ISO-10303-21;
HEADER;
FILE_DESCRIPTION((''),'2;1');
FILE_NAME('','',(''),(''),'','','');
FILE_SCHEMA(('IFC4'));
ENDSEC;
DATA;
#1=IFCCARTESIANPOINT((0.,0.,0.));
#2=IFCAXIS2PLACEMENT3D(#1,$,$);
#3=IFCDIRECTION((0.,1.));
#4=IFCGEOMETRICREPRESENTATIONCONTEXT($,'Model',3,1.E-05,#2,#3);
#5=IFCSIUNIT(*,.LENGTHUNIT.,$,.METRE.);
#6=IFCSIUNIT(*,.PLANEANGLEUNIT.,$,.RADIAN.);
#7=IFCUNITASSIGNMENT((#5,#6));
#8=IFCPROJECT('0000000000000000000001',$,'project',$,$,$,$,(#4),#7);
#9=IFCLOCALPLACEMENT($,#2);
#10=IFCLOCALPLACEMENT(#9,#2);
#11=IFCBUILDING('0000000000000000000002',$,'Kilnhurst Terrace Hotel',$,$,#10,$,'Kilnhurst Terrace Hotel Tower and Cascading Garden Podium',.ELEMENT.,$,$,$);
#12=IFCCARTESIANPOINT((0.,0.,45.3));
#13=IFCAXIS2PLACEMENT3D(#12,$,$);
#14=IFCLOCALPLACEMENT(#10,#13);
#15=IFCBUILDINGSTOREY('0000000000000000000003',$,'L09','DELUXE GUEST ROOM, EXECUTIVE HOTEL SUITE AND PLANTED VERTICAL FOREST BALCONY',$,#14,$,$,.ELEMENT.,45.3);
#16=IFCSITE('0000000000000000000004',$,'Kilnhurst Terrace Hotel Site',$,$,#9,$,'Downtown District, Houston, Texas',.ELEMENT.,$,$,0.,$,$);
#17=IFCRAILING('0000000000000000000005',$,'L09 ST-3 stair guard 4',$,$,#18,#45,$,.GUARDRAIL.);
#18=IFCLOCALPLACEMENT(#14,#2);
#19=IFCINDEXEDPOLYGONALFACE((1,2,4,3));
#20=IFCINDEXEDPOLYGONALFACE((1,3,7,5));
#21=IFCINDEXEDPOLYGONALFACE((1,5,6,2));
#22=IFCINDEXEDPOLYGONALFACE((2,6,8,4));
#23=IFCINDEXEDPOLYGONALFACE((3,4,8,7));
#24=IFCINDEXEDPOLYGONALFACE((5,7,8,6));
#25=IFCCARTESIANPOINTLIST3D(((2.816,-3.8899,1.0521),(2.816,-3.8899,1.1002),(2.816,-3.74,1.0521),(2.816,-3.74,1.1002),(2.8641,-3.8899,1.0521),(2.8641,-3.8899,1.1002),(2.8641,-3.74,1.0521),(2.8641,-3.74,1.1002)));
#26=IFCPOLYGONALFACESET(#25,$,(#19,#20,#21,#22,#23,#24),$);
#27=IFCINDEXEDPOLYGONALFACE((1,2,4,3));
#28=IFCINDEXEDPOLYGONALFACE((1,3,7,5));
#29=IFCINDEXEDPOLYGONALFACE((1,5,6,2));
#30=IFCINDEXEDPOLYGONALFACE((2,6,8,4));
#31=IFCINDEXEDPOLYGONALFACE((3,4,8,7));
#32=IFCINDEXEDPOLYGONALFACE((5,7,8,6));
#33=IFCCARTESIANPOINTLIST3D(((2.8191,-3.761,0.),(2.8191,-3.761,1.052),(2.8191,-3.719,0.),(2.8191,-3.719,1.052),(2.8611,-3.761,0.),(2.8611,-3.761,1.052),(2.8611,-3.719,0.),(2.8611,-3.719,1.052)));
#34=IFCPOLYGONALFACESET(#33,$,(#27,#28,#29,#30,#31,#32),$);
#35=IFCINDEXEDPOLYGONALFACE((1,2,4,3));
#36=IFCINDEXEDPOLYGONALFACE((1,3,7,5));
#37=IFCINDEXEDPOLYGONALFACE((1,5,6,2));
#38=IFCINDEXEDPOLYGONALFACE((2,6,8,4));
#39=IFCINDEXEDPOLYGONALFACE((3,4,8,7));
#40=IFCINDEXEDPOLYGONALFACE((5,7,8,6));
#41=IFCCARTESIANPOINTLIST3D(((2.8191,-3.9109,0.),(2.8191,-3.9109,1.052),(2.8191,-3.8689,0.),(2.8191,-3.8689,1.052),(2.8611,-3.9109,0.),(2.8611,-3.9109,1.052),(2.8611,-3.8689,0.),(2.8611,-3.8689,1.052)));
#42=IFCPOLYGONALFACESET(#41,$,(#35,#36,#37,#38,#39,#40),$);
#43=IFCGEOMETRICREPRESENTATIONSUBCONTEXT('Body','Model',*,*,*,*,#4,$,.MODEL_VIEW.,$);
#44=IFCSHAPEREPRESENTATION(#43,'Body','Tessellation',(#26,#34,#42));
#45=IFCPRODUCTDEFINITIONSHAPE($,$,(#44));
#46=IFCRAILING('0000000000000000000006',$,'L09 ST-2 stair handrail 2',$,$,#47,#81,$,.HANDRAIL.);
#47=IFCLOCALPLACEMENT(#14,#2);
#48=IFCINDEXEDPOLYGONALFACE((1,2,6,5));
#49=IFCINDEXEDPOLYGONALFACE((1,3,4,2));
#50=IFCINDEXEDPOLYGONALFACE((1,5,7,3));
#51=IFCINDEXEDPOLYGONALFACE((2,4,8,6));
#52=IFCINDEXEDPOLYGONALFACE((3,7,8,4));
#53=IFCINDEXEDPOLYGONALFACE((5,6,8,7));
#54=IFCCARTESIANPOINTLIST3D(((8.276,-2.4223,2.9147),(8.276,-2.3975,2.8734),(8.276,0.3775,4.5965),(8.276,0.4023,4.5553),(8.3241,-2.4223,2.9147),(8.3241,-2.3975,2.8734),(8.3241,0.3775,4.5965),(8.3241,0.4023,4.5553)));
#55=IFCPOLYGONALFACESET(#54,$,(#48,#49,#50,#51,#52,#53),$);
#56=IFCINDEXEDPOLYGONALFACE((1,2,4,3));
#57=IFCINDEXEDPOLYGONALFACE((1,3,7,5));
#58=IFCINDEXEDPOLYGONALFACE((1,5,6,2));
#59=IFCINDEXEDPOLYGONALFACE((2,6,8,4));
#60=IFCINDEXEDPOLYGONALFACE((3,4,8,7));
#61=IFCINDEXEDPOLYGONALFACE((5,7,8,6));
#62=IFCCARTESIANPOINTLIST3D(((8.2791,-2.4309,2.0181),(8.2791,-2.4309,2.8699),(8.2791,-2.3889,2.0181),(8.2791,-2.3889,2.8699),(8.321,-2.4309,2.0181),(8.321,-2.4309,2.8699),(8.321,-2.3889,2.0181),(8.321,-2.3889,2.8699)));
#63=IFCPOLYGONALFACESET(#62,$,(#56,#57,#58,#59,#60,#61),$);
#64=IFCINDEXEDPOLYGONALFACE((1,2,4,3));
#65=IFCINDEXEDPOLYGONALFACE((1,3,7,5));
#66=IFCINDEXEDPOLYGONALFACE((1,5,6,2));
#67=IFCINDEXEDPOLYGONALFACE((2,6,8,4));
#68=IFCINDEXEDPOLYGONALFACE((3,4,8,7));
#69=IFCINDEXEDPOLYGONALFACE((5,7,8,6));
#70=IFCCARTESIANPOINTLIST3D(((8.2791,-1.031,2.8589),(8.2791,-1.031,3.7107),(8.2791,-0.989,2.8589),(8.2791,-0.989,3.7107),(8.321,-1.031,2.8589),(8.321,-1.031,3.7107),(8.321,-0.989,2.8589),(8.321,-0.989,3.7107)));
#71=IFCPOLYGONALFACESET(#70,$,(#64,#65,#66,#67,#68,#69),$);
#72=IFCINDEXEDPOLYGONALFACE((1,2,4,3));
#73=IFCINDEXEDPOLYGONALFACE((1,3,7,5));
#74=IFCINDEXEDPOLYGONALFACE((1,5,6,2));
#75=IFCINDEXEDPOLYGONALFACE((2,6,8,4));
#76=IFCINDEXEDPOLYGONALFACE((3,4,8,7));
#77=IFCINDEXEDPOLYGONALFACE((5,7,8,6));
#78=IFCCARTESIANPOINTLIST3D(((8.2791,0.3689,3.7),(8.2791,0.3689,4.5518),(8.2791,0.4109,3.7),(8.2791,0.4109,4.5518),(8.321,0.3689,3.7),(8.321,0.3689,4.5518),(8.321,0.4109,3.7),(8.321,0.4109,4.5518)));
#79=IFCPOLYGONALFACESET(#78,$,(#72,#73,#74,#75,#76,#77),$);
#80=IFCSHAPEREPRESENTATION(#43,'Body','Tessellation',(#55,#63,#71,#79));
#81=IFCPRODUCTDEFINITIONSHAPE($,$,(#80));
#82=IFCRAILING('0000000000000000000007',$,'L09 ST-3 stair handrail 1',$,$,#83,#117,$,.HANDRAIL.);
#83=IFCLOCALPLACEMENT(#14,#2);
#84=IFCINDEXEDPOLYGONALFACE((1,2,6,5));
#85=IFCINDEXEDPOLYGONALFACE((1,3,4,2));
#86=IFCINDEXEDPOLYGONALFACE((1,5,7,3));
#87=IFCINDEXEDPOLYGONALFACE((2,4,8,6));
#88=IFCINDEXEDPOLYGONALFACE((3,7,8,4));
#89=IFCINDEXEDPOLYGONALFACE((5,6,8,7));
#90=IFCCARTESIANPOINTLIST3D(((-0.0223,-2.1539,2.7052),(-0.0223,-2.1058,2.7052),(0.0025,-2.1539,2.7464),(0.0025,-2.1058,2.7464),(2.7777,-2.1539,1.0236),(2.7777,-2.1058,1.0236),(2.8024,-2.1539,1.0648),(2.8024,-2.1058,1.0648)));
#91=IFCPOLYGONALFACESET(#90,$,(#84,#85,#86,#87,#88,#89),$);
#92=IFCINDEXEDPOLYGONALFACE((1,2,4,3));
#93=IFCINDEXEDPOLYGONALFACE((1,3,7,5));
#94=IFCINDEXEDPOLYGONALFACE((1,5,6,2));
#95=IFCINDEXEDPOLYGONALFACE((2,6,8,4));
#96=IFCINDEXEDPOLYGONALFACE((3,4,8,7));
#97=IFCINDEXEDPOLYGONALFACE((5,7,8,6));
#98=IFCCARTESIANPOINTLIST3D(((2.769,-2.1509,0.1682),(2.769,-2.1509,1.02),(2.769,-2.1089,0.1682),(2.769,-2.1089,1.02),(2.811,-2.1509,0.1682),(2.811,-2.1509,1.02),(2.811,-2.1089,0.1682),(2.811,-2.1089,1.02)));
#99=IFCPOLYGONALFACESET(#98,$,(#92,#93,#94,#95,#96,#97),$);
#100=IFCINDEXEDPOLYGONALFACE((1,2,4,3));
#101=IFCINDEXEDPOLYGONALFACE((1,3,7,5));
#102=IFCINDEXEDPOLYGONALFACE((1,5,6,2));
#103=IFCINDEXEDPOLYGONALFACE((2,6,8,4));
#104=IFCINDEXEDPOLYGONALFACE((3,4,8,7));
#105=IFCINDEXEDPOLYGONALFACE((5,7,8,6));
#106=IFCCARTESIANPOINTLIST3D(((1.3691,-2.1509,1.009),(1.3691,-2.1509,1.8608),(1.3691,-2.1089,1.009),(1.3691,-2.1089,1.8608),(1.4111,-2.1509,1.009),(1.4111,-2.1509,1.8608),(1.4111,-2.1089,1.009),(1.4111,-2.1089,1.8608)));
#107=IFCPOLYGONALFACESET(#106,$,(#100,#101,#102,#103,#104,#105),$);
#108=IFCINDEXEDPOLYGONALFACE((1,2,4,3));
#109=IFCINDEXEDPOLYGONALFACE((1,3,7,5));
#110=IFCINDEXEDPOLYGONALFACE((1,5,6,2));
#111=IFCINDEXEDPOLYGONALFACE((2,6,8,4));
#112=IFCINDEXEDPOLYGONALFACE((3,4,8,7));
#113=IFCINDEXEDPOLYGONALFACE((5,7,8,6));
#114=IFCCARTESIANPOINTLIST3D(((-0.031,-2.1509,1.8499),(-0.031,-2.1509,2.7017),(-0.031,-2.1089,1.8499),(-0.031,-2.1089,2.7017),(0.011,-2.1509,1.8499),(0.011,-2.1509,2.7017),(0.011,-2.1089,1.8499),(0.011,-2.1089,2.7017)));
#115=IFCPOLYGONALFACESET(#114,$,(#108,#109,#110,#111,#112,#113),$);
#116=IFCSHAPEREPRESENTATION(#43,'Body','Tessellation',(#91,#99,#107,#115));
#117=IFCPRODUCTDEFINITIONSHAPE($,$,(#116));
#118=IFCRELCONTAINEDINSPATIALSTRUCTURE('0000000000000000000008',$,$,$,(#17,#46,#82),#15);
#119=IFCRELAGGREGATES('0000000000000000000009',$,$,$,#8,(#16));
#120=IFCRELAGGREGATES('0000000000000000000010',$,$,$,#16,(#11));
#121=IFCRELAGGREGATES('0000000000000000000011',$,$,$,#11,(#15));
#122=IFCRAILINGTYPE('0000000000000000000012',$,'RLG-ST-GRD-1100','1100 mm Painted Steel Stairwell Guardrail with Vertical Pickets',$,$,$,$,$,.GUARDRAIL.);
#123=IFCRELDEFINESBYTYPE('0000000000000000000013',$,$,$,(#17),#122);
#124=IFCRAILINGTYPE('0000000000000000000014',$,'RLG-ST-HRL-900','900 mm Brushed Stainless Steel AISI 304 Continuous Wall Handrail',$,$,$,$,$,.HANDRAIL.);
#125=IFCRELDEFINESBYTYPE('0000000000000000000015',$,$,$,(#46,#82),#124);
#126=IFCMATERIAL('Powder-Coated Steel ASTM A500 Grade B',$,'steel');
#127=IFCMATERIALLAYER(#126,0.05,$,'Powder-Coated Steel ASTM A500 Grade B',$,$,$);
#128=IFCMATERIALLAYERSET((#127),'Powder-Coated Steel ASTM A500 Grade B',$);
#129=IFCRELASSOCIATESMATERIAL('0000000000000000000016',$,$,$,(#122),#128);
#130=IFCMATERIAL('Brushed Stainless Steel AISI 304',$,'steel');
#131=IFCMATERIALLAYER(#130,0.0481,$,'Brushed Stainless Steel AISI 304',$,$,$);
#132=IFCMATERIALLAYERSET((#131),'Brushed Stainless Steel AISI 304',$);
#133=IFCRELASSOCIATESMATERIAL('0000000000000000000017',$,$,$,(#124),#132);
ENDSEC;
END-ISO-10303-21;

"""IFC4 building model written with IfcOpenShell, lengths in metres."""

from ifc_helpers import new_model, si_unit, direction, frame, origin, origin_2d, place, context, subcontext, project, spatial, rectangle, extrude, material, layer, layer_set, type_object, element, save


model = new_model("IFC4")

# Units and contexts
model_context = context("Model", 3, precision=1e-05, world=origin(), true_north=direction((0.0, 1.0)))
body_context = subcontext(model_context, "Body", "Model", "MODEL_VIEW")
ifc_project = project(units=[si_unit("LENGTHUNIT", "METRE"), si_unit("PLANEANGLEUNIT", "RADIAN")], contexts=[model_context])

# Site, building, storey
site_placement = place(None, origin())
site = spatial("IfcSite", under=ifc_project, at=site_placement, Name="Kilnhurst Terrace Hotel Site", LongName="Downtown District, Houston, Texas", CompositionType="ELEMENT", RefElevation=0.0)
building_placement = place(site_placement, origin())
building = spatial("IfcBuilding", under=site, at=building_placement, Name="Kilnhurst Terrace Hotel", LongName="Kilnhurst Terrace Hotel Tower and Cascading Garden Podium", CompositionType="ELEMENT")
storey_placement = place(building_placement, frame((0.0, 0.0, 45.3)))
storey = spatial("IfcBuildingStorey", under=building, at=storey_placement, Name="L09", Description="DELUXE GUEST ROOM, EXECUTIVE HOTEL SUITE AND PLANTED VERTICAL FOREST BALCONY", CompositionType="ELEMENT", Elevation=45.3)

# Railings
ifc_material_1 = material(Name="Powder-Coated Steel ASTM A500 Grade B", Category="steel")
ifc_layer_1 = layer(ifc_material_1, 0.05, Name="Powder-Coated Steel ASTM A500 Grade B")
ifc_layer_set_1 = layer_set([ifc_layer_1], Name="Powder-Coated Steel ASTM A500 Grade B")
railing_type_1 = type_object("IfcRailingType", Name="RLG-ST-GRD-1100", Description="1100 mm Painted Steel Stairwell Guardrail with Vertical Pickets", PredefinedType="GUARDRAIL", material=ifc_layer_set_1)
railing_1_placement = place(storey_placement, frame((2.8401, -3.74, 0.0)))
element("IfcRailing", 1, at=railing_1_placement, inside=storey, type_object=railing_type_1, Name="L09 ST-3 stair guard 4", PredefinedType="GUARDRAIL", context=body_context, shape_type="SweptSolid", body=[
    extrude(rectangle(XDim=0.0481, YDim=0.0481, at=origin_2d()), frame((0.0, 0.0, 1.0762), z_axis=(0.0, -1.0, 0.0), x_axis=(1.0, 0.0, 0.0)), (0.0, 0.0, 1.0), 0.1499),
    extrude(rectangle(XDim=0.042, YDim=0.042, at=origin_2d()), origin(), (0.0, 0.0, 1.0), 1.052),
    extrude(rectangle(XDim=0.042, YDim=0.042, at=origin_2d()), frame((0.0, -0.1499, 0.0)), (0.0, 0.0, 1.0), 1.052),
])
ifc_material_2 = material(Name="Brushed Stainless Steel AISI 304", Category="steel")
ifc_layer_2 = layer(ifc_material_2, 0.0481, Name="Brushed Stainless Steel AISI 304")
ifc_layer_set_2 = layer_set([ifc_layer_2], Name="Brushed Stainless Steel AISI 304")
railing_type_2 = type_object("IfcRailingType", Name="RLG-ST-HRL-900", Description="900 mm Brushed Stainless Steel AISI 304 Continuous Wall Handrail", PredefinedType="HANDRAIL", material=ifc_layer_set_2)
railing_2_placement = place(storey_placement, frame((8.3, -2.4099, 2.0181)))
element("IfcRailing", 2, at=railing_2_placement, inside=storey, type_object=railing_type_2, Name="L09 ST-2 stair handrail 2", PredefinedType="HANDRAIL", context=body_context, shape_type="SweptSolid", body=[
    extrude(rectangle(XDim=0.0481, YDim=0.0481, at=origin_2d()), frame((0.0, 0.0, 0.876), z_axis=(0.0, 0.857222, 0.514946), x_axis=(-1.0, 0.0, 0.0)), (0.0, 0.0, 1.0), 3.2661),
    extrude(rectangle(XDim=0.042, YDim=0.042, at=origin_2d()), origin(), (0.0, 0.0, 1.0), 0.8518),
    extrude(rectangle(XDim=0.042, YDim=0.042, at=origin_2d()), frame((0.0, 1.3999, 0.8408)), (0.0, 0.0, 1.0), 0.8518),
    extrude(rectangle(XDim=0.042, YDim=0.042, at=origin_2d()), frame((0.0, 2.7998, 1.6819)), (0.0, 0.0, 1.0), 0.8518),
])
railing_3_placement = place(storey_placement, frame((2.79, -2.1299, 0.1682)))
element("IfcRailing", 3, at=railing_3_placement, inside=storey, type_object=railing_type_2, Name="L09 ST-3 stair handrail 1", PredefinedType="HANDRAIL", context=body_context, shape_type="SweptSolid", body=[
    extrude(rectangle(XDim=0.0481, YDim=0.0481, at=origin_2d()), frame((0.0, 0.0, 0.876), z_axis=(-0.857275, 0.0, 0.514858), x_axis=(0.0, -1.0, 0.0)), (0.0, 0.0, 1.0), 3.2661),
    extrude(rectangle(XDim=0.042, YDim=0.042, at=origin_2d()), origin(), (0.0, 0.0, 1.0), 0.8518),
    extrude(rectangle(XDim=0.042, YDim=0.042, at=origin_2d()), frame((-1.3999, 0.0, 0.8408)), (0.0, 0.0, 1.0), 0.8518),
    extrude(rectangle(XDim=0.042, YDim=0.042, at=origin_2d()), frame((-2.8, 0.0, 1.6816)), (0.0, 0.0, 1.0), 0.8518),
])

save(model, "model.ifc")
